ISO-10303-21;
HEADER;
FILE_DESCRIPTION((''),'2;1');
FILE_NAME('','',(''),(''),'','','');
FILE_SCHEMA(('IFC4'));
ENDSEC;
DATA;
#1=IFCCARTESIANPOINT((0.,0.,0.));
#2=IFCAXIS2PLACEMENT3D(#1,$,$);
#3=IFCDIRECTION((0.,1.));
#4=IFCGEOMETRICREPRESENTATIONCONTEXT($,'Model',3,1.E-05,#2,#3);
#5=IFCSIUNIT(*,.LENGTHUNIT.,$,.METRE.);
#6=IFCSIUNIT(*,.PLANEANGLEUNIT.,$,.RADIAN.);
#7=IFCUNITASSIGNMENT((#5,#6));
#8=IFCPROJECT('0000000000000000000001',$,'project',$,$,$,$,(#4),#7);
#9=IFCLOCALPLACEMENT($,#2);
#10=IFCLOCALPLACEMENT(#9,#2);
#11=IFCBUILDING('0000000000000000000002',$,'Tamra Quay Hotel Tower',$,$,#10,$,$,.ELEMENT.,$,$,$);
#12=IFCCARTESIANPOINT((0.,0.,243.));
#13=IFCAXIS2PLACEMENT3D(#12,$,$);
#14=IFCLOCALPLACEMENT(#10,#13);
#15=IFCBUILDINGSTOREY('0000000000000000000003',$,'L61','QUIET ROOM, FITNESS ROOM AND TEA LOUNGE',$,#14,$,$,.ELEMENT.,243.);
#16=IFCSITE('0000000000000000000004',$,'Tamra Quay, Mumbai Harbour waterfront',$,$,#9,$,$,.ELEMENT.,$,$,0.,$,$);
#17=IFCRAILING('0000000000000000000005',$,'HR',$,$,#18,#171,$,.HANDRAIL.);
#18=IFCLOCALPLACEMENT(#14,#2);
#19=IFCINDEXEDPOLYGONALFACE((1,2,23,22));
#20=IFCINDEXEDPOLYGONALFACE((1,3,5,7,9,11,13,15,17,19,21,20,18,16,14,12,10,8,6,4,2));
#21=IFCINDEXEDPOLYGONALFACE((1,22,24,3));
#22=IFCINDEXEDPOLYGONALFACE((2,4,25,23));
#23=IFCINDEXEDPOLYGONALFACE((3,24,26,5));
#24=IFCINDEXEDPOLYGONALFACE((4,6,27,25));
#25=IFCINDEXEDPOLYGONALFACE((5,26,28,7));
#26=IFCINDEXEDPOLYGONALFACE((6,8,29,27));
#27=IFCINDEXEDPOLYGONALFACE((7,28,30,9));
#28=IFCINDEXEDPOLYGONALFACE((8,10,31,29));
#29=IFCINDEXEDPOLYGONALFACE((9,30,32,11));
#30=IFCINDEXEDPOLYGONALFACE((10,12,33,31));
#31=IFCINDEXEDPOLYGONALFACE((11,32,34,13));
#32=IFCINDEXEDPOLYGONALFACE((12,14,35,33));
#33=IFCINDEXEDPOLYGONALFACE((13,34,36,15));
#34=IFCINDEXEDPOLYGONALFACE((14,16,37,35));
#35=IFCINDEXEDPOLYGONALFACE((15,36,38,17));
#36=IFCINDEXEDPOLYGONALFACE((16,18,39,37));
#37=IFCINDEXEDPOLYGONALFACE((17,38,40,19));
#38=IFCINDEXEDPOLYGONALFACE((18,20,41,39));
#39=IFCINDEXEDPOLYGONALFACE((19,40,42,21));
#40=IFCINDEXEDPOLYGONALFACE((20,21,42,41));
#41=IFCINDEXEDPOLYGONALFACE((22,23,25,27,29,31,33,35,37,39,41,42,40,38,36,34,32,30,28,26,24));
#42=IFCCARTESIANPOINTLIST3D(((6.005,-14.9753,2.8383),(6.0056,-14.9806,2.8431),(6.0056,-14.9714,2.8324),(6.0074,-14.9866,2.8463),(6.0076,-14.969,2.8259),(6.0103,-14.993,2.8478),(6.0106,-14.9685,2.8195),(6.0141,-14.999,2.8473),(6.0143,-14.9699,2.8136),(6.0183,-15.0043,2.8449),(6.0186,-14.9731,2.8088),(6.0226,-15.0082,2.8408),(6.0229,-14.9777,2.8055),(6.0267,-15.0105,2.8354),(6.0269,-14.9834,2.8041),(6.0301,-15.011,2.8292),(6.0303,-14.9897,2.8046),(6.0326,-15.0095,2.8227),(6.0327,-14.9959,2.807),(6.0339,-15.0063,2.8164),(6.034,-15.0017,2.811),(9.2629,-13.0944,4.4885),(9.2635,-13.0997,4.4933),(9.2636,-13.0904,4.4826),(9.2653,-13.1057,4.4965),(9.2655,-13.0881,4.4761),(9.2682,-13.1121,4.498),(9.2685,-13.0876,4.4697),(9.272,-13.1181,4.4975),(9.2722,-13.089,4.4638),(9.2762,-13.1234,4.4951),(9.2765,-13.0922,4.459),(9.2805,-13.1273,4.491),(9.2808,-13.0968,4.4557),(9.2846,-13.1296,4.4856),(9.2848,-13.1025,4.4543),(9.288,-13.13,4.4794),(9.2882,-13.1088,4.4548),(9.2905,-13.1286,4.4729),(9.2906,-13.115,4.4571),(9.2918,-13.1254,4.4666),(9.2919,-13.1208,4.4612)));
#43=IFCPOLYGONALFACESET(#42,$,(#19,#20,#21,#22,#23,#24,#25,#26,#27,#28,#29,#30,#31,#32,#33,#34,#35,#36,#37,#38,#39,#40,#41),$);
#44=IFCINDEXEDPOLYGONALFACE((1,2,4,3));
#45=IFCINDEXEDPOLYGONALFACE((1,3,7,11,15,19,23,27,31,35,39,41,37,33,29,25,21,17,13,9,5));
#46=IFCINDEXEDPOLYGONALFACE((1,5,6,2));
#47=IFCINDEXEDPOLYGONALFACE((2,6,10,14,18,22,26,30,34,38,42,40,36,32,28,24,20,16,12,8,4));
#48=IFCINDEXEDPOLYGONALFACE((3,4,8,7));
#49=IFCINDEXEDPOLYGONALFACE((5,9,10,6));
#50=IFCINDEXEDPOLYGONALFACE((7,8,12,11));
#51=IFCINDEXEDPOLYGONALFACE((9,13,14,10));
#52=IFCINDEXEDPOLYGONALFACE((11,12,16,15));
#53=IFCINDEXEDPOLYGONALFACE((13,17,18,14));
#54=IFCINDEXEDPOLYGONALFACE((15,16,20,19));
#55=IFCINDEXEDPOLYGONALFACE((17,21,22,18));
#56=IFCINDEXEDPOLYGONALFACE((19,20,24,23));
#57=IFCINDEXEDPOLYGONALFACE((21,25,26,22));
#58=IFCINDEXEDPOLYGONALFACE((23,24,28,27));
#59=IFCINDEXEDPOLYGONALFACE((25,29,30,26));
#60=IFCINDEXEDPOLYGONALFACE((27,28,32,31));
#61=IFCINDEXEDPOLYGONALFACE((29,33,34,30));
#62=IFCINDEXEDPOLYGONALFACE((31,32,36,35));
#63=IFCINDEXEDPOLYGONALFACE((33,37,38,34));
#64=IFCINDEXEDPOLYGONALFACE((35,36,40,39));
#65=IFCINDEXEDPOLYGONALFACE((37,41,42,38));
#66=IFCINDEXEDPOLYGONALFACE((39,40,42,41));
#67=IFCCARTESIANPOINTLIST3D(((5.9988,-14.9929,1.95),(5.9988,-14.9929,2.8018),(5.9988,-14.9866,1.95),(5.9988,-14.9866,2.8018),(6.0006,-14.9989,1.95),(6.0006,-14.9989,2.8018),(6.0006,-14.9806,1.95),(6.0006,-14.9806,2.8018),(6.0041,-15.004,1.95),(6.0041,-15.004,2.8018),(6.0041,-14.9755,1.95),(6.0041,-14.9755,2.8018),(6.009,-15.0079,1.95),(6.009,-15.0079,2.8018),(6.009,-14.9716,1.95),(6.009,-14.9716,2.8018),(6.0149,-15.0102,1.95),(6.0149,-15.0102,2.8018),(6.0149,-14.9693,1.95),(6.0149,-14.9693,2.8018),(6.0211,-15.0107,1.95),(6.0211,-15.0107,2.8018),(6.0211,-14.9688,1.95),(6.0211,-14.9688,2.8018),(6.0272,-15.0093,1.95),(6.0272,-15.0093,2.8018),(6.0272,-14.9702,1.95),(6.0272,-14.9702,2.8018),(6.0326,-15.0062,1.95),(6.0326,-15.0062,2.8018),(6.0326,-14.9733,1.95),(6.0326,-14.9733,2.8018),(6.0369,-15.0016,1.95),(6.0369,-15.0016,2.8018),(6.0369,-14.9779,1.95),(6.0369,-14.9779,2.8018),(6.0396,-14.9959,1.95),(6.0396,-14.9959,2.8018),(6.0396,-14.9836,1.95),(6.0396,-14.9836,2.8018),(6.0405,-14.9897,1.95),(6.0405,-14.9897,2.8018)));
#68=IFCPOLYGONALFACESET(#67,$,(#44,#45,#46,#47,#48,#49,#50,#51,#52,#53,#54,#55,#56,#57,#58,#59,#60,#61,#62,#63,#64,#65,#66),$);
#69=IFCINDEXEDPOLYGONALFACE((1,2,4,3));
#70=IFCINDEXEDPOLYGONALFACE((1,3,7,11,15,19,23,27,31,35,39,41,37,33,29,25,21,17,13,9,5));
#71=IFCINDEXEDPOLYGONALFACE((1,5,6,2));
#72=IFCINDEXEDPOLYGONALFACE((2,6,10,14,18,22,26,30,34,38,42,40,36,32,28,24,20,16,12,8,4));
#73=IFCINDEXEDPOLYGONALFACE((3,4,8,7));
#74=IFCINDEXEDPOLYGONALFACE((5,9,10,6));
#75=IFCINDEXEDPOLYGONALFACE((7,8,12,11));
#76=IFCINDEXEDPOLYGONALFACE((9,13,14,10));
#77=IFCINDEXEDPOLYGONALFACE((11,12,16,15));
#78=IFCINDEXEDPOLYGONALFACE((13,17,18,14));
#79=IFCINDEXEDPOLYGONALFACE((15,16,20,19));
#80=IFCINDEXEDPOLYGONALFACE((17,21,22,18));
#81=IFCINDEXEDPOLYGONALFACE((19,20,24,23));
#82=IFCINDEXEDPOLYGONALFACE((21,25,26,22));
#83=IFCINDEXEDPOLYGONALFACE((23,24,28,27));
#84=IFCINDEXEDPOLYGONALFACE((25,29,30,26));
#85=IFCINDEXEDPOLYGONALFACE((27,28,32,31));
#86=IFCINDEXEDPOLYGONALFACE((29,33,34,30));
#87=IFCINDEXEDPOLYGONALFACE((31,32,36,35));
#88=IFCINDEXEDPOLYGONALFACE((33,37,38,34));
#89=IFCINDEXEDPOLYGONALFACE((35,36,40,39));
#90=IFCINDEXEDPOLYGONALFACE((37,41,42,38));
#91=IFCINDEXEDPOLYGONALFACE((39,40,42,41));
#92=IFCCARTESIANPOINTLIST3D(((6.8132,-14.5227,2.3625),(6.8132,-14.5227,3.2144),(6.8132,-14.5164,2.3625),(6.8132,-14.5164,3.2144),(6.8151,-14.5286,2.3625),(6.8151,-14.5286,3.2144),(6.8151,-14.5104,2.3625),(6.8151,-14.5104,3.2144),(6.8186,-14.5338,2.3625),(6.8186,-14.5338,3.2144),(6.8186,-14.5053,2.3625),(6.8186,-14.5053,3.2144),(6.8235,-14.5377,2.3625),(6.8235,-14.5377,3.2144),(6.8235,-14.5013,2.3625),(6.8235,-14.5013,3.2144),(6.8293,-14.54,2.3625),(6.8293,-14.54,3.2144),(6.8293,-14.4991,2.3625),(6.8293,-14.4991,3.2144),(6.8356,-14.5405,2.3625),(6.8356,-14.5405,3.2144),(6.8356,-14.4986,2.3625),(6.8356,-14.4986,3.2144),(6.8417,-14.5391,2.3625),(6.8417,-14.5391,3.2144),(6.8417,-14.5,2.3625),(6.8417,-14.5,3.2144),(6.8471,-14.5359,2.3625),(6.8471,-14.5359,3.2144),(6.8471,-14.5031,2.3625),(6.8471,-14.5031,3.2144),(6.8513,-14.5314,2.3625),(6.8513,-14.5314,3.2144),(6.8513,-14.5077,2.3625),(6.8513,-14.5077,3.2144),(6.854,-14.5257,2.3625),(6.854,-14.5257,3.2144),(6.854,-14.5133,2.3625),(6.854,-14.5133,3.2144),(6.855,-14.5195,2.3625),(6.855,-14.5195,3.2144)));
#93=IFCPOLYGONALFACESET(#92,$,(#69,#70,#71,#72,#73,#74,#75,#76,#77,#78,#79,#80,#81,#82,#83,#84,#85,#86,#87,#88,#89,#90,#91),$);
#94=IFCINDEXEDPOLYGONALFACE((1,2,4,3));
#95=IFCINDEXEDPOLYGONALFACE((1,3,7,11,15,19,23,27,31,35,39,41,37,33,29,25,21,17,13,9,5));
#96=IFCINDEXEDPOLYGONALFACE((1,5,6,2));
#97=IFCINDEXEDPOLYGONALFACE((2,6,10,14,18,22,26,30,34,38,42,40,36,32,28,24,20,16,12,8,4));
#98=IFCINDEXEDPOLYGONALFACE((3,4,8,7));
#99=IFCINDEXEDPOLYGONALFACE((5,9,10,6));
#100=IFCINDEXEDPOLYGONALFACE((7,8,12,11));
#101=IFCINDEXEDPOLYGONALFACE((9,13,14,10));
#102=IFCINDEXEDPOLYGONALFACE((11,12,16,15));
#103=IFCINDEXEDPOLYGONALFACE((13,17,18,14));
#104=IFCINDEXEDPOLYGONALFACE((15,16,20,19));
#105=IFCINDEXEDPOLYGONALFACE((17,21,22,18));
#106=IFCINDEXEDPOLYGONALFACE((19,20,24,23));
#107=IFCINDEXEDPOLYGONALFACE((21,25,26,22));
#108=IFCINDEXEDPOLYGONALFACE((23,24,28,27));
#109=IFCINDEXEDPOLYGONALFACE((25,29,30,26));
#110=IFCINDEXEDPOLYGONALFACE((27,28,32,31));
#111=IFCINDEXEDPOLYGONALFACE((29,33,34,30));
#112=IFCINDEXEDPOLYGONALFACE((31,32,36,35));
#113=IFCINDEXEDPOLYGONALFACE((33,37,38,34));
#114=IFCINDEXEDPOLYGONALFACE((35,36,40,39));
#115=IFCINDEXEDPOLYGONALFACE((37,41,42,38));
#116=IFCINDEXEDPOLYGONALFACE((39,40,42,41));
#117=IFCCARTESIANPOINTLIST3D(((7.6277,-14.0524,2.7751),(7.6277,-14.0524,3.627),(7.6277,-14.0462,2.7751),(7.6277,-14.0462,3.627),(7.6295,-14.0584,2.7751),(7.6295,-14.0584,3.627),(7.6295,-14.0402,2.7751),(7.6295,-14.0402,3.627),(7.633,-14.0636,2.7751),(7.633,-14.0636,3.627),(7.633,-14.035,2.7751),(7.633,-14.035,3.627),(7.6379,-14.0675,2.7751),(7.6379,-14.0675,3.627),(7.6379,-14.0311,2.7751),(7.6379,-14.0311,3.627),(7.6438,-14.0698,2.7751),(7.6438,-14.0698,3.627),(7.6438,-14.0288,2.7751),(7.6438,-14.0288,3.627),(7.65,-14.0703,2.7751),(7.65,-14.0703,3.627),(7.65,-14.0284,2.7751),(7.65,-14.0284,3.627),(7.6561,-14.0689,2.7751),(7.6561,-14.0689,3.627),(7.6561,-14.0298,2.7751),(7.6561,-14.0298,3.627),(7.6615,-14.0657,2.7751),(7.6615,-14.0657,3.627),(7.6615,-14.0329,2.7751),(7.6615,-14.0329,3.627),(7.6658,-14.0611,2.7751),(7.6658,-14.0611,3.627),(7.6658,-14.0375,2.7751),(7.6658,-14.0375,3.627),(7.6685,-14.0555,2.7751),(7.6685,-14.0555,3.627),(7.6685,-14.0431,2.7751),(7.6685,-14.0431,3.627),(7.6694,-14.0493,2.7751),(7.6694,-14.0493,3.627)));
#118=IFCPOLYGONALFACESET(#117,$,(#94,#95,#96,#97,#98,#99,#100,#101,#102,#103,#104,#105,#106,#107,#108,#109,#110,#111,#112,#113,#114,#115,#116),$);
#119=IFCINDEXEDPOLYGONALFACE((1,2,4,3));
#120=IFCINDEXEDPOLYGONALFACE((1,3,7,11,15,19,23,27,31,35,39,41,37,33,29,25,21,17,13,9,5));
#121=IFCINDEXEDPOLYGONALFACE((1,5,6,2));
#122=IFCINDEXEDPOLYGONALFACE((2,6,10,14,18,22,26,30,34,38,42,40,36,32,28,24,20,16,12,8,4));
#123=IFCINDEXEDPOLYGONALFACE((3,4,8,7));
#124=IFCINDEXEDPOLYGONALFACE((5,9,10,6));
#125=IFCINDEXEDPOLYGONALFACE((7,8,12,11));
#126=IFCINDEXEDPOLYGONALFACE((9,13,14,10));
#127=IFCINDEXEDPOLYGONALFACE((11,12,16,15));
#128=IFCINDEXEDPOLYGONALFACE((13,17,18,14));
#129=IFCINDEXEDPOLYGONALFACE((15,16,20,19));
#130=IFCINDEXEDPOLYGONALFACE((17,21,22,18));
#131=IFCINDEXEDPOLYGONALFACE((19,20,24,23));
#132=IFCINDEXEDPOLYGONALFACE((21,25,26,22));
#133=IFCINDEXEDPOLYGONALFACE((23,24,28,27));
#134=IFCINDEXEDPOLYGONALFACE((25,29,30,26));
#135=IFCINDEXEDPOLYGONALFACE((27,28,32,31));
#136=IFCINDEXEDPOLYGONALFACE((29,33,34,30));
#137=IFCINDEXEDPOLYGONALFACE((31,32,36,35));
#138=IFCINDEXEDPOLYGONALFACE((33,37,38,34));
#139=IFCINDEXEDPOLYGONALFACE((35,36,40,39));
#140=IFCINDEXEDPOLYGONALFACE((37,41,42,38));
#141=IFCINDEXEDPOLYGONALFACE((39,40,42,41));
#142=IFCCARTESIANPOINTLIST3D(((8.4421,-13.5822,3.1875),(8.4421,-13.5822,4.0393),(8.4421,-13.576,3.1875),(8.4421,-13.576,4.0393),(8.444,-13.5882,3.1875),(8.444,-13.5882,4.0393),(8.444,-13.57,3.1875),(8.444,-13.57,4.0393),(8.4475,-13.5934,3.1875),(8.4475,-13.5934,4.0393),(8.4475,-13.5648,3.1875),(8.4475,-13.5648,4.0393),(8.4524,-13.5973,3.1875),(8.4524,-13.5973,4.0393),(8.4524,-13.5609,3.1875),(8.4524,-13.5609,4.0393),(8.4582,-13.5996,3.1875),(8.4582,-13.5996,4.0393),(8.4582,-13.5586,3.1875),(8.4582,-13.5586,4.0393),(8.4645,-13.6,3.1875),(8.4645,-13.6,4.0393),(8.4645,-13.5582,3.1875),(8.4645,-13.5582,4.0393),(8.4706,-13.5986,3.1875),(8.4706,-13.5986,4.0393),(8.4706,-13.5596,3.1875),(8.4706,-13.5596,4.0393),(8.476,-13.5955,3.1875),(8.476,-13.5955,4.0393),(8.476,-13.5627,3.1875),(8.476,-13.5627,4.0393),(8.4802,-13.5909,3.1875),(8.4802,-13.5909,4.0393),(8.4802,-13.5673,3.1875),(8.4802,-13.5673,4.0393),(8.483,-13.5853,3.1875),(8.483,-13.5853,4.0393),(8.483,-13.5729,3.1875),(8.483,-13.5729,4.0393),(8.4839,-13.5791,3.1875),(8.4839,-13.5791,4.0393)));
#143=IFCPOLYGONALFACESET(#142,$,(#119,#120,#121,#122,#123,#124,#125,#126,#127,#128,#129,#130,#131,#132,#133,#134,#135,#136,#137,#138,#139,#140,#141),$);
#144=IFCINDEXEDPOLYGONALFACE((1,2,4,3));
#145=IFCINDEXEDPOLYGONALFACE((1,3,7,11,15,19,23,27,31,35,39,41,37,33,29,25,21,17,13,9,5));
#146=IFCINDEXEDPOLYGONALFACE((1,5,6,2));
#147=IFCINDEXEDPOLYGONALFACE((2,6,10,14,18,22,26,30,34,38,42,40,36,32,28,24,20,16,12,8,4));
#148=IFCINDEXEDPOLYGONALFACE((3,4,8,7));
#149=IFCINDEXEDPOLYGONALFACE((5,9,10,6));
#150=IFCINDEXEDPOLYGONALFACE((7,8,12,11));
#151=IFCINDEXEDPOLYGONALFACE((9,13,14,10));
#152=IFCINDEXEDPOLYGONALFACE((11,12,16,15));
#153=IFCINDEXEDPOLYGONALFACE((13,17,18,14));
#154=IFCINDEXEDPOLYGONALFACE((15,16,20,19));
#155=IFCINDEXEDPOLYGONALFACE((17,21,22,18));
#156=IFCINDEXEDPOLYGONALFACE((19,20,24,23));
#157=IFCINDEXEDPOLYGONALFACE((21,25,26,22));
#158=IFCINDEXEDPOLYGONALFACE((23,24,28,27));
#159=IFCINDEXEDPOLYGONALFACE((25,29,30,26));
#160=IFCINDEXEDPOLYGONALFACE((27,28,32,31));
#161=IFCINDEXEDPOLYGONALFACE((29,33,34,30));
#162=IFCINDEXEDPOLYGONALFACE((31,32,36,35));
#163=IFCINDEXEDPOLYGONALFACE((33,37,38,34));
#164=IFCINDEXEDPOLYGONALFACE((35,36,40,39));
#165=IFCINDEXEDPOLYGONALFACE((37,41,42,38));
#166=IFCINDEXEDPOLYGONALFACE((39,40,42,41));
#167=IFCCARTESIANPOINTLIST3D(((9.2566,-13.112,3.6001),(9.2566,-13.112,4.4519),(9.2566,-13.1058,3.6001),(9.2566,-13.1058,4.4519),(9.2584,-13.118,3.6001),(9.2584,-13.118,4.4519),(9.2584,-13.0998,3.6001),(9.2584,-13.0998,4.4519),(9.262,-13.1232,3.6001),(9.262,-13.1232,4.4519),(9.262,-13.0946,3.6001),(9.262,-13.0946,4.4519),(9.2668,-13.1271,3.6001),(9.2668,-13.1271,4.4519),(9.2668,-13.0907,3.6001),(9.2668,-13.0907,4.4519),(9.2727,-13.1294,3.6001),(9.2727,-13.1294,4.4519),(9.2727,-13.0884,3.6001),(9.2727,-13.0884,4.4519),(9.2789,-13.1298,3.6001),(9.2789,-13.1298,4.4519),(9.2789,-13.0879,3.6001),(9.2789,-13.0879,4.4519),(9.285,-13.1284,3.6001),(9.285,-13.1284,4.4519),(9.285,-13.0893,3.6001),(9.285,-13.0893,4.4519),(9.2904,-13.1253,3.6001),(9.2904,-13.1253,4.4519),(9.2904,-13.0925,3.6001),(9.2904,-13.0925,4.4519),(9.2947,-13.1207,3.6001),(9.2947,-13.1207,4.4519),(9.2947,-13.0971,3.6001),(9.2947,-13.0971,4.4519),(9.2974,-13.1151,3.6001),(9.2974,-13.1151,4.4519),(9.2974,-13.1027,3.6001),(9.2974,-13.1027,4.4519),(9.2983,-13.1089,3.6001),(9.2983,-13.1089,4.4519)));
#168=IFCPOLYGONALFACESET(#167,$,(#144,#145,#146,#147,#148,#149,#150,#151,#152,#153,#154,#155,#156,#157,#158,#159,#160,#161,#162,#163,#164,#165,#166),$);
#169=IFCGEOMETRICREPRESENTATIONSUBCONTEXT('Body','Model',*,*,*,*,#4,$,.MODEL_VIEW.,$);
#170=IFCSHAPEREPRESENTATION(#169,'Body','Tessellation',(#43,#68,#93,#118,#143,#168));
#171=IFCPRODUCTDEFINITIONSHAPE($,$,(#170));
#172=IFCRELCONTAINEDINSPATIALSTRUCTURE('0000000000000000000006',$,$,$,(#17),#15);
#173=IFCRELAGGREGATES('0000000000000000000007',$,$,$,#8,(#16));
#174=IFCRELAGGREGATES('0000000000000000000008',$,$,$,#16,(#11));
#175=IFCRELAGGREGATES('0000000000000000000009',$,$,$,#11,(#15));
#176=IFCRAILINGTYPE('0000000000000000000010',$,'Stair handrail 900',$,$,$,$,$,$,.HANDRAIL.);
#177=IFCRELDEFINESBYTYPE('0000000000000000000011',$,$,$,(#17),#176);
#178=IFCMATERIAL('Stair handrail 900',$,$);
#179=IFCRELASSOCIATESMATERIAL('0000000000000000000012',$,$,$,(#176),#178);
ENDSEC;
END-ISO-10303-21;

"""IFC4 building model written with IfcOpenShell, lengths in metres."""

from ifc_helpers import new_model, si_unit, direction, frame, origin, origin_2d, place, context, subcontext, project, spatial, circle, extrude, material, type_object, element, save


model = new_model("IFC4")

# Units and contexts
model_context = context("Model", 3, precision=1e-05, world=origin(), true_north=direction((0.0, 1.0)))
body_context = subcontext(model_context, "Body", "Model", "MODEL_VIEW")
ifc_project = project(units=[si_unit("LENGTHUNIT", "METRE"), si_unit("PLANEANGLEUNIT", "RADIAN")], contexts=[model_context])

# Site, building, storey
site_placement = place(None, origin())
site = spatial("IfcSite", under=ifc_project, at=site_placement, Name="Tamra Quay, Mumbai Harbour waterfront", CompositionType="ELEMENT", RefElevation=0.0)
building_placement = place(site_placement, origin())
building = spatial("IfcBuilding", under=site, at=building_placement, Name="Tamra Quay Hotel Tower", CompositionType="ELEMENT")
storey_placement = place(building_placement, frame((0.0, 0.0, 243.0)))
storey = spatial("IfcBuildingStorey", under=building, at=storey_placement, Name="L61", Description="QUIET ROOM, FITNESS ROOM AND TEA LOUNGE", CompositionType="ELEMENT", Elevation=243.0)

# Railing
ifc_material_1 = material(Name="Stair handrail 900")
railing_type_1 = type_object("IfcRailingType", Name="Stair handrail 900", PredefinedType="HANDRAIL", material=ifc_material_1)
railing_1_placement = place(storey_placement, frame((6.0195, -14.9897, 1.95)))
element("IfcRailing", 1, at=railing_1_placement, inside=storey, type_object=railing_type_1, Name="HR", PredefinedType="HANDRAIL", context=body_context, shape_type="SweptSolid", body=[
    extrude(circle(Radius=0.0239, at=origin_2d()), frame((0.0, 0.0, 0.876), z_axis=(0.793081, 0.457876, 0.401711), x_axis=(-0.499992, 0.86603, 0.0)), (0.0, 0.0, 1.0), 4.1079),
    extrude(circle(Radius=0.021, at=origin_2d()), origin(), (0.0, 0.0, 1.0), 0.8518),
    extrude(circle(Radius=0.021, at=origin_2d()), frame((0.8145, 0.4702, 0.4126)), (0.0, 0.0, 1.0), 0.8518),
    extrude(circle(Radius=0.021, at=origin_2d()), frame((1.6289, 0.9404, 0.8252)), (0.0, 0.0, 1.0), 0.8518),
    extrude(circle(Radius=0.021, at=origin_2d()), frame((2.4434, 1.4106, 1.2375)), (0.0, 0.0, 1.0), 0.8518),
    extrude(circle(Radius=0.021, at=origin_2d()), frame((3.2578, 1.8809, 1.6501)), (0.0, 0.0, 1.0), 0.8518),
])

save(model, "model.ifc")
